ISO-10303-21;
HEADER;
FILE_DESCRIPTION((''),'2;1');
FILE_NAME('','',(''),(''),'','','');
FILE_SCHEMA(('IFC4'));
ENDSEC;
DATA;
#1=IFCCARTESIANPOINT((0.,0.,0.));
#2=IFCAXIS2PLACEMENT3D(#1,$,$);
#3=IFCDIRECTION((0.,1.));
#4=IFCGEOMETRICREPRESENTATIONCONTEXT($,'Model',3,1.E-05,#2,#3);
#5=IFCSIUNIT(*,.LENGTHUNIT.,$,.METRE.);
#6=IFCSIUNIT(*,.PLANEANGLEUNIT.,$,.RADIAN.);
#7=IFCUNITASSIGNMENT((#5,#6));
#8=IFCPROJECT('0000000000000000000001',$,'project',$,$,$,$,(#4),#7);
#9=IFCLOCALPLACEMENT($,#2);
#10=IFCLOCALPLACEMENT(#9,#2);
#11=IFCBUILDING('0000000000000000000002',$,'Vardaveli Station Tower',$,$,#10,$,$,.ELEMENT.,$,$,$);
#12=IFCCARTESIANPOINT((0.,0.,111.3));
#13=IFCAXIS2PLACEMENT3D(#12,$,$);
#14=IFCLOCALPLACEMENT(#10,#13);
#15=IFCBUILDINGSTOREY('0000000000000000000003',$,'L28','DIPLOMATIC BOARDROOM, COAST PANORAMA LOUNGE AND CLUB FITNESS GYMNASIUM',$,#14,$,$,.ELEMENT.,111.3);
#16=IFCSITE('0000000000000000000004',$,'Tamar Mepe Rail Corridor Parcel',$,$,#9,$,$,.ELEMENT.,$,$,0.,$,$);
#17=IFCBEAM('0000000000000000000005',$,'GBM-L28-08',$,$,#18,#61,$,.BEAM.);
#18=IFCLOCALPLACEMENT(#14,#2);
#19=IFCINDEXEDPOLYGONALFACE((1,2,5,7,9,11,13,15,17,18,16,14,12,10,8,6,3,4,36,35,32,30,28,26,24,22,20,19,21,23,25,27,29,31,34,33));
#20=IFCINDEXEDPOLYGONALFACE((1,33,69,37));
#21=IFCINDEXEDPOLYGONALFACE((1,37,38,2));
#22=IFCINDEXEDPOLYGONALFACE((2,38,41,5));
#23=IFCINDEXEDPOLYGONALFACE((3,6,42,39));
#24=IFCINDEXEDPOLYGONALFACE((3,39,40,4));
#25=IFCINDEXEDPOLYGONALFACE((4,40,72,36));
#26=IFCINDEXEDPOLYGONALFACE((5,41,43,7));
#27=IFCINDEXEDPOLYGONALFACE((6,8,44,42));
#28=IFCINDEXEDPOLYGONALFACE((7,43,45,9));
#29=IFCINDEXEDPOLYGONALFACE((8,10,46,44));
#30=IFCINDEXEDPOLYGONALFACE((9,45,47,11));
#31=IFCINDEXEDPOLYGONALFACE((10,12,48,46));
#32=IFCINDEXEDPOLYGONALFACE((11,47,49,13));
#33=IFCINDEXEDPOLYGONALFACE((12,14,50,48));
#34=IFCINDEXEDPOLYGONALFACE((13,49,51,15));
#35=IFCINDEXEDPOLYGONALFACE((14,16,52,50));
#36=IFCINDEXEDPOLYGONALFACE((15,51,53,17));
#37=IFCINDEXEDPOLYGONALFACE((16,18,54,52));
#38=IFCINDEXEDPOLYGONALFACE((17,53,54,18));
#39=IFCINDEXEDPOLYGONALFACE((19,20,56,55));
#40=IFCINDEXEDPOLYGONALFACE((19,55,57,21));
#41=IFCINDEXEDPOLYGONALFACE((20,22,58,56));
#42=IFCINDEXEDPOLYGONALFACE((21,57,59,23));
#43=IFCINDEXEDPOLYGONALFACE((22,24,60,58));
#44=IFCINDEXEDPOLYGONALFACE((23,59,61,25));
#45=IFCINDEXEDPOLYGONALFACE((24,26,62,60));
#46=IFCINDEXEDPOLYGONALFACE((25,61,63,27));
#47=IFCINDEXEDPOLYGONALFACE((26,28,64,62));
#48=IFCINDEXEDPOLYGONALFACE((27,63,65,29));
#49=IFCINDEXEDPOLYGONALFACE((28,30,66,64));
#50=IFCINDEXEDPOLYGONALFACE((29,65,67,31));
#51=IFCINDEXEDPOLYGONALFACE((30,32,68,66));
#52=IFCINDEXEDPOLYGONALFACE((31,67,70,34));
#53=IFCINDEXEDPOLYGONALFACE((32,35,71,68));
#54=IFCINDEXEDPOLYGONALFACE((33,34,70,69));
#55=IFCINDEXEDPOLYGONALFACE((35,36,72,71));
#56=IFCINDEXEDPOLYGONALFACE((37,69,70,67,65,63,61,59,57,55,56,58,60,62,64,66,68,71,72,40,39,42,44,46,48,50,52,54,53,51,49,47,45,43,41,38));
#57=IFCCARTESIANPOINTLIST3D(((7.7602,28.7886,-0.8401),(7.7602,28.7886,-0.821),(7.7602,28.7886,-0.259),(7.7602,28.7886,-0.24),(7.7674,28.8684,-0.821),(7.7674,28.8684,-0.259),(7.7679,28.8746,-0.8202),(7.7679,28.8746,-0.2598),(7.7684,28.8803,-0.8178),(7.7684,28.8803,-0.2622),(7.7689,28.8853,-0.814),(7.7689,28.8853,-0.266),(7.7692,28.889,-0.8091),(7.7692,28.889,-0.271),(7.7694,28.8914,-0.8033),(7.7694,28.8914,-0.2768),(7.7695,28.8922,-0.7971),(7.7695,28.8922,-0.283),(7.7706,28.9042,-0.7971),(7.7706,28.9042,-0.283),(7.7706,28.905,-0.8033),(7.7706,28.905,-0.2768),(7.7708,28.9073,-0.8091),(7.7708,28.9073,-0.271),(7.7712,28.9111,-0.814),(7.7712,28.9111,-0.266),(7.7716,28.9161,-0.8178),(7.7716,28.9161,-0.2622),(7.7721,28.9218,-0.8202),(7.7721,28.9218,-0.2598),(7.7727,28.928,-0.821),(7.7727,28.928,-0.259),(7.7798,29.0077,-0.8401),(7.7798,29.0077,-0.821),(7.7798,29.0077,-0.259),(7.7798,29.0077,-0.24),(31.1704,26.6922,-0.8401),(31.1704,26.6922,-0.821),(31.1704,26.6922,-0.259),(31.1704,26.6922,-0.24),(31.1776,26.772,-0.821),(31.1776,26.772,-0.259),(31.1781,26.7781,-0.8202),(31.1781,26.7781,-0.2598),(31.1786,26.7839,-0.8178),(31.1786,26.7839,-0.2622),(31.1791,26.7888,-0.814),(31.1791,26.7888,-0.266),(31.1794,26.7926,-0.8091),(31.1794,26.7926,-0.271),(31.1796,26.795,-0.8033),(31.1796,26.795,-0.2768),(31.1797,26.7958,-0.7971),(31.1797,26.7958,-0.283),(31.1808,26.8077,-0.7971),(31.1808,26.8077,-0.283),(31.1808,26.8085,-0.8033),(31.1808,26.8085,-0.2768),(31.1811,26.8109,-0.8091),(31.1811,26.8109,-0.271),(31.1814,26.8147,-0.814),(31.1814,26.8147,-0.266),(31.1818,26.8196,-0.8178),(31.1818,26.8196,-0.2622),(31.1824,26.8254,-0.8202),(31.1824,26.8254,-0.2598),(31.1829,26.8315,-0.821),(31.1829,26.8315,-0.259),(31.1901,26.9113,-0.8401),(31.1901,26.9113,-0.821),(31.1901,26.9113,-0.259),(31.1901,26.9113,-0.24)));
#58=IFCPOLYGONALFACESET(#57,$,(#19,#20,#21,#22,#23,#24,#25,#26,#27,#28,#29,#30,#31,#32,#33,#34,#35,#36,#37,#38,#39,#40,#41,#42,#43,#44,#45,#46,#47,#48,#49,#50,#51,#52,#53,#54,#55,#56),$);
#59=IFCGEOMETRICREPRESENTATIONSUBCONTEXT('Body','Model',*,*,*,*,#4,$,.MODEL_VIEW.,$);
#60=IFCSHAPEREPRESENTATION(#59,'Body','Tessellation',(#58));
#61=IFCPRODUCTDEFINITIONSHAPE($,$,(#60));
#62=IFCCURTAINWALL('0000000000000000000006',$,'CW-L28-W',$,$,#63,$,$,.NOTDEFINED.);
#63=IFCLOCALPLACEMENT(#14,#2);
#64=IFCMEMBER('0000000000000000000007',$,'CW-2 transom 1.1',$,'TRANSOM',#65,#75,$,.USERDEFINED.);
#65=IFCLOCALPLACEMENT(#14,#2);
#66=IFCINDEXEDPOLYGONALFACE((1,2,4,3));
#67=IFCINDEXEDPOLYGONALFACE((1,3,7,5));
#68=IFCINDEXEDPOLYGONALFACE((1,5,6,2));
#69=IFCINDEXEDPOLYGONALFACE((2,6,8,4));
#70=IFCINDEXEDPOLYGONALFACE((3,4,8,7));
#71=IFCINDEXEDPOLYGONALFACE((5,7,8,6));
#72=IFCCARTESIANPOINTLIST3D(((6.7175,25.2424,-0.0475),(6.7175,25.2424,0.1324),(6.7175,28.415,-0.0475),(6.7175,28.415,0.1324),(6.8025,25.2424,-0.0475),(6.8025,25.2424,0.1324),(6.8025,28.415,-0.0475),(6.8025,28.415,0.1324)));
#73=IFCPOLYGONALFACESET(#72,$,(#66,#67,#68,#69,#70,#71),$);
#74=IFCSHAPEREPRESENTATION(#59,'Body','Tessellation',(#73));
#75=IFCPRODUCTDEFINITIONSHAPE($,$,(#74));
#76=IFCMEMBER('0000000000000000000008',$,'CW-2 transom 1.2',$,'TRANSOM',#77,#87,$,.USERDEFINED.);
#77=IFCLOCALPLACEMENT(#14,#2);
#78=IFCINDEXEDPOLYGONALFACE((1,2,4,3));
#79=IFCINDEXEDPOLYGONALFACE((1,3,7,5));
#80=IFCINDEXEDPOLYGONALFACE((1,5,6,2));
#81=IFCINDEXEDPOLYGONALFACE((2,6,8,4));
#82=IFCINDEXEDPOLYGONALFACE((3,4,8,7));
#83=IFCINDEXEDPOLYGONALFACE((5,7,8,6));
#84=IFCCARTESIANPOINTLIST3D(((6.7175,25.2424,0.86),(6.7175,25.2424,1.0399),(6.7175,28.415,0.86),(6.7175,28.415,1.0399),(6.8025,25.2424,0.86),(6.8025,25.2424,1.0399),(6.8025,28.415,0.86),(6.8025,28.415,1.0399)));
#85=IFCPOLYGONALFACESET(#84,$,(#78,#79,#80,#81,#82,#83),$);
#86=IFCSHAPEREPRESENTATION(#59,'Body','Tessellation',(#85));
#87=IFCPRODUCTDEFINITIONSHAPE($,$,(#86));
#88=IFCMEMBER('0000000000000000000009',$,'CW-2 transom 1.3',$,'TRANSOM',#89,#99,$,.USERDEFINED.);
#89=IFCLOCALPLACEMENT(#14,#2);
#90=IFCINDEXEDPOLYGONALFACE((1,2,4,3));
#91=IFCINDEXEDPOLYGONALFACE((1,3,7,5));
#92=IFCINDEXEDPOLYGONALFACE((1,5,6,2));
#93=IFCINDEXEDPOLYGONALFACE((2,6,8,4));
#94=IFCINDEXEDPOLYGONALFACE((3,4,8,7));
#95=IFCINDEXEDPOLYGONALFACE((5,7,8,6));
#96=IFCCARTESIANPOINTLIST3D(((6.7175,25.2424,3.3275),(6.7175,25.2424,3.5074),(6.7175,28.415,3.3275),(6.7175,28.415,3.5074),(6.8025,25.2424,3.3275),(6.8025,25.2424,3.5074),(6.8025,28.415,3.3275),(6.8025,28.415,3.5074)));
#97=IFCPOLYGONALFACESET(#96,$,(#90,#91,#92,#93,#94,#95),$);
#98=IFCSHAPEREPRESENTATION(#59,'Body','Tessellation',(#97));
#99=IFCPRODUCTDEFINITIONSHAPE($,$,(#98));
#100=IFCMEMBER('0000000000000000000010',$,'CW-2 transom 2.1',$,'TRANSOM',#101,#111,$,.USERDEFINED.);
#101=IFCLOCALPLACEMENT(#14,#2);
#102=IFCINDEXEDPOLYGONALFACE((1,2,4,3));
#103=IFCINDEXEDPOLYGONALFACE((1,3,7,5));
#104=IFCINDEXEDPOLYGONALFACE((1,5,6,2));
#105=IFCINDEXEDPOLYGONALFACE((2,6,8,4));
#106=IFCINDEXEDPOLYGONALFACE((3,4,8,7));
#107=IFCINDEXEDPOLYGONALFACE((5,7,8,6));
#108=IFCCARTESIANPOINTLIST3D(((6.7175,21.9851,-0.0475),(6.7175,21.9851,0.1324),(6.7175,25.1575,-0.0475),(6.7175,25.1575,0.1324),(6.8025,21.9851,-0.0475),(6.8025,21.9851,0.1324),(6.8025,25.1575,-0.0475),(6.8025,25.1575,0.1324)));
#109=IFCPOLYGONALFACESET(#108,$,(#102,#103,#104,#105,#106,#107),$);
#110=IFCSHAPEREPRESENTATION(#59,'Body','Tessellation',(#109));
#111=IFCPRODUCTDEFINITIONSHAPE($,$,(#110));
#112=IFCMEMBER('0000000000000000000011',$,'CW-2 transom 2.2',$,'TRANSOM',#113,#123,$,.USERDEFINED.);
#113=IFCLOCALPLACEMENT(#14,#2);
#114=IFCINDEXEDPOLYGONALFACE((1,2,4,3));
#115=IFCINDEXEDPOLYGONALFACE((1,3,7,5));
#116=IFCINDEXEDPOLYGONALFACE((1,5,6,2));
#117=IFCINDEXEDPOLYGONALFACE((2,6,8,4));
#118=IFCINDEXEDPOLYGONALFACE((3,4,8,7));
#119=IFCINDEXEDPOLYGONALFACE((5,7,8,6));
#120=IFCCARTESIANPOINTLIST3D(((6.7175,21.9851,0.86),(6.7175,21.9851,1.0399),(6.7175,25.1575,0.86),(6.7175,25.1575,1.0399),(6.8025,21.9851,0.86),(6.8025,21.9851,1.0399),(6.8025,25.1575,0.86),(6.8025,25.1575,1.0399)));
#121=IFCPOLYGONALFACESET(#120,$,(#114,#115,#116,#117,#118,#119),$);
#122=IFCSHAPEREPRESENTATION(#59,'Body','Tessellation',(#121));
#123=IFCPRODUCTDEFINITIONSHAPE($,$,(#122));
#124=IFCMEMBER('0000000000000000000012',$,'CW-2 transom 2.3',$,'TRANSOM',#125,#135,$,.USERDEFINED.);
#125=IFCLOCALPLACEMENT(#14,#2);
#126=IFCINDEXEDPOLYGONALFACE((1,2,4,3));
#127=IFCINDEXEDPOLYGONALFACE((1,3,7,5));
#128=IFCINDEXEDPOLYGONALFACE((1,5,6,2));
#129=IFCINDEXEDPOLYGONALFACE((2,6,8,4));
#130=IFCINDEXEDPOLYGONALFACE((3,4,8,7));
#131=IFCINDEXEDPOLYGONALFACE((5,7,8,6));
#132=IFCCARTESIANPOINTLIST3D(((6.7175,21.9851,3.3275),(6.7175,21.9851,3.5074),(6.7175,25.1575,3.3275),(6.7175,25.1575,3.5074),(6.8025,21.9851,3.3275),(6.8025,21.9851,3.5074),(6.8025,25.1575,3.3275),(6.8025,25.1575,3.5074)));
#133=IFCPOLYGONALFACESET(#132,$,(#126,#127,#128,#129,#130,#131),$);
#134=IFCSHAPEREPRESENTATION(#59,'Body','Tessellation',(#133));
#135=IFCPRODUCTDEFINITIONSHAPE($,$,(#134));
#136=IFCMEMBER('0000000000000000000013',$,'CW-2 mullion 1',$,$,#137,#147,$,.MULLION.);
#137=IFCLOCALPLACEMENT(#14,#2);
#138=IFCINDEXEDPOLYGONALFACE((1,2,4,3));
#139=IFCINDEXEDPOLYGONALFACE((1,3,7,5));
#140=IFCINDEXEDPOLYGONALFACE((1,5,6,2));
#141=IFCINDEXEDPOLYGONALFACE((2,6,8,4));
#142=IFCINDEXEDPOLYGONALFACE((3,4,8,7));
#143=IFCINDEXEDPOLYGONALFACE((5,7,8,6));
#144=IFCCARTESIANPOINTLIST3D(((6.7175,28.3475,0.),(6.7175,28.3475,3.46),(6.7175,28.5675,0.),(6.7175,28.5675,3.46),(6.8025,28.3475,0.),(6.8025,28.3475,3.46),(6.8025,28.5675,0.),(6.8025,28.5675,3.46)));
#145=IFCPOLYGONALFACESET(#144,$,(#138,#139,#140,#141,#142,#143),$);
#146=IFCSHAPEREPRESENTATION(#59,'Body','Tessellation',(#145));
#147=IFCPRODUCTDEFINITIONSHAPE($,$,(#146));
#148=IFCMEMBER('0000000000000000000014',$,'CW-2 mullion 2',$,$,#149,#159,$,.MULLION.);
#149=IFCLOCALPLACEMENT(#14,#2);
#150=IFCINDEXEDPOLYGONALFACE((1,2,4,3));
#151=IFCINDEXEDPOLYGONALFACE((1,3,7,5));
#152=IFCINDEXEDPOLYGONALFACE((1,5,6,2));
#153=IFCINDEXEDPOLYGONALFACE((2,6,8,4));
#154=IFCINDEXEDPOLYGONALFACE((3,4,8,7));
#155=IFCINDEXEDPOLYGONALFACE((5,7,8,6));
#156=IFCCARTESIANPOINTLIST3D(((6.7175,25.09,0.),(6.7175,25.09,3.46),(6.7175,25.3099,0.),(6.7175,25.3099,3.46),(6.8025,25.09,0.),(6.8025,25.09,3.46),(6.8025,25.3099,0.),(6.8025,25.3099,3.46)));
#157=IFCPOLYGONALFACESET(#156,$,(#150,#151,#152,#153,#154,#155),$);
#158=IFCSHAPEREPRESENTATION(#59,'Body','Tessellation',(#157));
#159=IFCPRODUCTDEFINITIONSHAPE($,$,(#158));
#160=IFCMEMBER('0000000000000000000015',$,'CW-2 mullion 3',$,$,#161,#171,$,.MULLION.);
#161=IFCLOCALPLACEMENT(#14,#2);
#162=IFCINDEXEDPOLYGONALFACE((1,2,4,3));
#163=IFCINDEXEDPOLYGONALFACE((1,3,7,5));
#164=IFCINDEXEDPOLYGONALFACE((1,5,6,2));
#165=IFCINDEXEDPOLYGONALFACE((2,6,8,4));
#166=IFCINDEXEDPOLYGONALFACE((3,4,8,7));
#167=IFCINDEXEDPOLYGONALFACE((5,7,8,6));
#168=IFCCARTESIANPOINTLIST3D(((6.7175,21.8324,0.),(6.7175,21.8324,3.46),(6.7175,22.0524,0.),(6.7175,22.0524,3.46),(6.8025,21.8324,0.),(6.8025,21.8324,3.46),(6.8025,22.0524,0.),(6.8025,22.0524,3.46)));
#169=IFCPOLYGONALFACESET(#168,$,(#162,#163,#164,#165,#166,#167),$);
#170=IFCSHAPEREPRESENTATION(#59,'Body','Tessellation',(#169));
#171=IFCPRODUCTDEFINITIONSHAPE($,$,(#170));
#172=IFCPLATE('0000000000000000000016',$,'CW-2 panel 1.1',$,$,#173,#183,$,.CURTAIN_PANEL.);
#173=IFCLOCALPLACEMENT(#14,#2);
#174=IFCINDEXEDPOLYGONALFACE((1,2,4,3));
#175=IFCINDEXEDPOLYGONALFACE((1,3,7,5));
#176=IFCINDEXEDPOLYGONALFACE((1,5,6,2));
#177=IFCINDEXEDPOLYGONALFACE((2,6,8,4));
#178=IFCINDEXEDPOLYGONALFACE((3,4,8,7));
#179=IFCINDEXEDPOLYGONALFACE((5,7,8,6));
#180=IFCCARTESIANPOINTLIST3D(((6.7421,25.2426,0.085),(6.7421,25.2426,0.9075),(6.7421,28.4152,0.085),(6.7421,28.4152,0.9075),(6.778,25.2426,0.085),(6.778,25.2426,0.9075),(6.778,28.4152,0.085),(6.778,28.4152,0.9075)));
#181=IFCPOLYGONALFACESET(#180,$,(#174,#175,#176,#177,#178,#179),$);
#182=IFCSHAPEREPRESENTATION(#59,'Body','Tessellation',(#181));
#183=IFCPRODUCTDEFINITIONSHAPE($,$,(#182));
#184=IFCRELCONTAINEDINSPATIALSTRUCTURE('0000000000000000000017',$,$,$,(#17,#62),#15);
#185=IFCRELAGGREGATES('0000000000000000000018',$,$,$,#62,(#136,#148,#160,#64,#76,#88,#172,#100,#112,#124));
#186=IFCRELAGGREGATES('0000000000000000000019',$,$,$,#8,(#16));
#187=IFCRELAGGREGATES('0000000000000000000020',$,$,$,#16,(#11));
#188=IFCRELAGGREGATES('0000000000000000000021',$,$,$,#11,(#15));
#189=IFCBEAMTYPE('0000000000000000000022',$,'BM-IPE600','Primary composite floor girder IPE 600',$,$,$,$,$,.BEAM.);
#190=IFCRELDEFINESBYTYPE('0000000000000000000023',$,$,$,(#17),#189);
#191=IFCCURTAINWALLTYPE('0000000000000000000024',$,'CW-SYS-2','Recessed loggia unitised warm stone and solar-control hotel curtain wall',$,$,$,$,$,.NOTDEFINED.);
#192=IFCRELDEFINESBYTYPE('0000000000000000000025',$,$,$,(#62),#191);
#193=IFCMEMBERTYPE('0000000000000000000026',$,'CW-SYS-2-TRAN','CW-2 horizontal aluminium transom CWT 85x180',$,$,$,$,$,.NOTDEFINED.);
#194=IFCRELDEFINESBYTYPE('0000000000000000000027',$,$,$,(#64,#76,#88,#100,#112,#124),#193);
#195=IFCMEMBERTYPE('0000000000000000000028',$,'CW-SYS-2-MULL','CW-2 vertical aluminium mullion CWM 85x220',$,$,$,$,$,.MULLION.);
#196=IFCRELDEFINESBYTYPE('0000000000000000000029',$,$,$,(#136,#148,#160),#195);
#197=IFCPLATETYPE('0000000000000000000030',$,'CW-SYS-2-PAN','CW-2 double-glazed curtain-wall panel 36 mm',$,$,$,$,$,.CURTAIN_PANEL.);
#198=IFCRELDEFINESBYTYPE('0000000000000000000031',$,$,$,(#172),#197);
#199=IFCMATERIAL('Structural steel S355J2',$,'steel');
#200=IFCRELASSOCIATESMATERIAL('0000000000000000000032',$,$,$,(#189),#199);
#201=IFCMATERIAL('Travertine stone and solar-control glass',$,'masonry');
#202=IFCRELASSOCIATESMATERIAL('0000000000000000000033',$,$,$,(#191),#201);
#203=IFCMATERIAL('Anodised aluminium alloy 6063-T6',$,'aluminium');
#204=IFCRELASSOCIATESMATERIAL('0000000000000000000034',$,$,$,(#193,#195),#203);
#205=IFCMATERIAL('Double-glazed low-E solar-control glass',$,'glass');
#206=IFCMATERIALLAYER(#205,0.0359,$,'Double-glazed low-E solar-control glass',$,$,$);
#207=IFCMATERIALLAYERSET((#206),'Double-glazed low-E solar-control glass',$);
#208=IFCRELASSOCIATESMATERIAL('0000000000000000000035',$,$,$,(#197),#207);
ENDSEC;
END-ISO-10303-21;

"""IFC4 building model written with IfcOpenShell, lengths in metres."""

from ifc_helpers import new_model, si_unit, direction, frame, origin, origin_2d, place, context, subcontext, project, spatial, rectangle, i_section, extrude, source, transform, mapped, material, layer, layer_set, material_profile, profile_set, type_object, element, aggregate, save


model = new_model("IFC4")

# Units and contexts
model_context = context("Model", 3, precision=1e-05, world=origin(), true_north=direction((0.0, 1.0)))
body_context = subcontext(model_context, "Body", "Model", "MODEL_VIEW")
ifc_project = project(units=[si_unit("LENGTHUNIT", "METRE"), si_unit("PLANEANGLEUNIT", "RADIAN")], contexts=[model_context])

# Site, building, storey
site_placement = place(None, origin())
site = spatial("IfcSite", under=ifc_project, at=site_placement, Name="Tamar Mepe Rail Corridor Parcel", CompositionType="ELEMENT", RefElevation=0.0)
building_placement = place(site_placement, origin())
building = spatial("IfcBuilding", under=site, at=building_placement, Name="Vardaveli Station Tower", CompositionType="ELEMENT")
storey_placement = place(building_placement, frame((0.0, 0.0, 111.3)))
storey = spatial("IfcBuildingStorey", under=building, at=storey_placement, Name="L28", Description="DIPLOMATIC BOARDROOM, COAST PANORAMA LOUNGE AND CLUB FITNESS GYMNASIUM", CompositionType="ELEMENT", Elevation=111.3)

# Beam
ifc_material_1 = material(Name="Structural steel S355J2", Category="steel")
ifc_material_profile_1 = material_profile(ifc_material_1, i_section(OverallWidth=0.22, OverallDepth=0.6001, WebThickness=0.012, FlangeThickness=0.019, FilletRadius=0.0239, at=origin_2d()), Name="IPE 600")
ifc_profile_set_1 = profile_set([ifc_material_profile_1], Name="Structural steel S355J2")
beam_type_1 = type_object("IfcBeamType", Name="BM-IPE600", Description="Primary composite floor girder IPE 600", PredefinedType="BEAM", material=ifc_profile_set_1)
shared_shape_1 = source(origin(), body_context, "Body", "SweptSolid", [
    extrude(i_section(OverallWidth=0.22, OverallDepth=0.6001, WebThickness=0.012, FlangeThickness=0.019, FilletRadius=0.0239, at=origin_2d()), origin(), (0.0, 0.0, 1.0), 23.5039),
])
beam_1_placement = place(storey_placement, frame((7.77, 28.8982, -0.54), z_axis=(0.996014, -0.089195, 0.0), x_axis=(0.089195, 0.996014, 0.0)))
element("IfcBeam", 1, at=beam_1_placement, inside=storey, type_object=beam_type_1, Name="GBM-L28-08", PredefinedType="BEAM", context=body_context, shape_type="MappedRepresentation", body=[
    mapped(shared_shape_1, transform((0.0, 0.0, 0.0), scale=1.0)),
])

# Curtain wall, members, plate
ifc_material_2 = material(Name="Travertine stone and solar-control glass", Category="masonry")
curtain_wall_type = type_object("IfcCurtainWallType", Name="CW-SYS-2", Description="Recessed loggia unitised warm stone and solar-control hotel curtain wall", PredefinedType="NOTDEFINED", material=ifc_material_2)
curtain_wall_placement = place(storey_placement, origin())
curtain_wall = element("IfcCurtainWall", 2, at=curtain_wall_placement, inside=storey, type_object=curtain_wall_type, Name="CW-L28-W", PredefinedType="NOTDEFINED")
ifc_material_3 = material(Name="Anodised aluminium alloy 6063-T6", Category="aluminium")
ifc_material_profile_2 = material_profile(ifc_material_3, rectangle(XDim=0.085, YDim=0.1799, at=origin_2d()), Name="CWT 85x180")
ifc_profile_set_2 = profile_set([ifc_material_profile_2], Name="Anodised aluminium alloy 6063-T6")
member_type_1 = type_object("IfcMemberType", Name="CW-SYS-2-TRAN", Description="CW-2 horizontal aluminium transom CWT 85x180", PredefinedType="NOTDEFINED", material=ifc_profile_set_2)
shared_shape_2 = source(origin(), body_context, "Body", "SweptSolid", [
    extrude(rectangle(XDim=0.085, YDim=0.1799, at=origin_2d()), origin(), (0.0, 0.0, 1.0), 3.1726),
])
member_1_placement = place(storey_placement, frame((6.76, 28.415, 0.0425), z_axis=(0.0, -1.0, 0.0), x_axis=(1.0, 0.0, 0.0)))
member_1 = element("IfcMember", 3, at=member_1_placement, type_object=member_type_1, Name="CW-2 transom 1.1", ObjectType="TRANSOM", PredefinedType="USERDEFINED", context=body_context, shape_type="MappedRepresentation", body=[
    mapped(shared_shape_2, transform((0.0, 0.0, 0.0), scale=1.0)),
])
member_2_placement = place(storey_placement, frame((6.76, 28.415, 0.95), z_axis=(0.0, -1.0, 0.0), x_axis=(1.0, 0.0, 0.0)))
member_2 = element("IfcMember", 4, at=member_2_placement, type_object=member_type_1, Name="CW-2 transom 1.2", ObjectType="TRANSOM", PredefinedType="USERDEFINED", context=body_context, shape_type="MappedRepresentation", body=[
    mapped(shared_shape_2, transform((0.0, 0.0, 0.0), scale=1.0)),
])
member_3_placement = place(storey_placement, frame((6.76, 28.415, 3.4175), z_axis=(0.0, -1.0, 0.0), x_axis=(1.0, 0.0, 0.0)))
member_3 = element("IfcMember", 5, at=member_3_placement, type_object=member_type_1, Name="CW-2 transom 1.3", ObjectType="TRANSOM", PredefinedType="USERDEFINED", context=body_context, shape_type="MappedRepresentation", body=[
    mapped(shared_shape_2, transform((0.0, 0.0, 0.0), scale=1.0)),
])
shared_shape_3 = source(origin(), body_context, "Body", "SweptSolid", [
    extrude(rectangle(XDim=0.085, YDim=0.1799, at=origin_2d()), origin(), (0.0, 0.0, 1.0), 3.1724),
])
member_4_placement = place(storey_placement, frame((6.76, 25.1575, 0.0425), z_axis=(0.0, -1.0, 0.0), x_axis=(1.0, 0.0, 0.0)))
member_4 = element("IfcMember", 6, at=member_4_placement, type_object=member_type_1, Name="CW-2 transom 2.1", ObjectType="TRANSOM", PredefinedType="USERDEFINED", context=body_context, shape_type="MappedRepresentation", body=[
    mapped(shared_shape_3, transform((0.0, 0.0, 0.0), scale=1.0)),
])
member_5_placement = place(storey_placement, frame((6.76, 25.1575, 0.95), z_axis=(0.0, -1.0, 0.0), x_axis=(1.0, 0.0, 0.0)))
member_5 = element("IfcMember", 7, at=member_5_placement, type_object=member_type_1, Name="CW-2 transom 2.2", ObjectType="TRANSOM", PredefinedType="USERDEFINED", context=body_context, shape_type="MappedRepresentation", body=[
    mapped(shared_shape_3, transform((0.0, 0.0, 0.0), scale=1.0)),
])
member_6_placement = place(storey_placement, frame((6.76, 25.1575, 3.4175), z_axis=(0.0, -1.0, 0.0), x_axis=(1.0, 0.0, 0.0)))
member_6 = element("IfcMember", 8, at=member_6_placement, type_object=member_type_1, Name="CW-2 transom 2.3", ObjectType="TRANSOM", PredefinedType="USERDEFINED", context=body_context, shape_type="MappedRepresentation", body=[
    mapped(shared_shape_3, transform((0.0, 0.0, 0.0), scale=1.0)),
])
ifc_material_profile_3 = material_profile(ifc_material_3, rectangle(XDim=0.085, YDim=0.22, at=origin_2d()), Name="CWM 85x220")
ifc_profile_set_3 = profile_set([ifc_material_profile_3], Name="Anodised aluminium alloy 6063-T6")
member_type_2 = type_object("IfcMemberType", Name="CW-SYS-2-MULL", Description="CW-2 vertical aluminium mullion CWM 85x220", PredefinedType="MULLION", material=ifc_profile_set_3)
shared_shape_4 = source(origin(), body_context, "Body", "SweptSolid", [
    extrude(rectangle(XDim=0.085, YDim=0.22, at=origin_2d()), origin(), (0.0, 0.0, 1.0), 3.46),
])
member_7_placement = place(storey_placement, frame((6.76, 28.4575, 0.0), z_axis=(0.0, 0.0, 1.0), x_axis=(1.0, 0.0, 0.0)))
member_7 = element("IfcMember", 9, at=member_7_placement, type_object=member_type_2, Name="CW-2 mullion 1", PredefinedType="MULLION", context=body_context, shape_type="MappedRepresentation", body=[
    mapped(shared_shape_4, transform((0.0, 0.0, 0.0), scale=1.0)),
])
member_8_placement = place(storey_placement, frame((6.76, 25.2, 0.0), z_axis=(0.0, 0.0, 1.0), x_axis=(1.0, 0.0, 0.0)))
member_8 = element("IfcMember", 10, at=member_8_placement, type_object=member_type_2, Name="CW-2 mullion 2", PredefinedType="MULLION", context=body_context, shape_type="MappedRepresentation", body=[
    mapped(shared_shape_4, transform((0.0, 0.0, 0.0), scale=1.0)),
])
member_9_placement = place(storey_placement, frame((6.76, 21.9424, 0.0), z_axis=(0.0, 0.0, 1.0), x_axis=(1.0, 0.0, 0.0)))
member_9 = element("IfcMember", 11, at=member_9_placement, type_object=member_type_2, Name="CW-2 mullion 3", PredefinedType="MULLION", context=body_context, shape_type="MappedRepresentation", body=[
    mapped(shared_shape_4, transform((0.0, 0.0, 0.0), scale=1.0)),
])
ifc_material_4 = material(Name="Double-glazed low-E solar-control glass", Category="glass")
ifc_layer_1 = layer(ifc_material_4, 0.0359, Name="Double-glazed low-E solar-control glass")
ifc_layer_set_1 = layer_set([ifc_layer_1], Name="Double-glazed low-E solar-control glass")
plate_type = type_object("IfcPlateType", Name="CW-SYS-2-PAN", Description="CW-2 double-glazed curtain-wall panel 36 mm", PredefinedType="CURTAIN_PANEL", material=ifc_layer_set_1)
shared_shape_5 = source(origin(), body_context, "Body", "SweptSolid", [
    extrude(rectangle(XDim=3.1726, YDim=0.0359, at=origin_2d()), origin(), (0.0, 0.0, 1.0), 0.8225),
])
plate_1_placement = place(storey_placement, frame((6.76, 26.8289, 0.085), z_axis=(0.0, 0.0, 1.0), x_axis=(0.0, -1.0, 0.0)))
plate_1 = element("IfcPlate", 12, at=plate_1_placement, type_object=plate_type, Name="CW-2 panel 1.1", PredefinedType="CURTAIN_PANEL", context=body_context, shape_type="MappedRepresentation", body=[
    mapped(shared_shape_5, transform((0.0, 0.0, 0.0), scale=1.0)),
])
aggregate(curtain_wall, [member_7, member_8, member_9, member_1, member_2, member_3, plate_1, member_4, member_5, member_6])

save(model, "model.ifc")
